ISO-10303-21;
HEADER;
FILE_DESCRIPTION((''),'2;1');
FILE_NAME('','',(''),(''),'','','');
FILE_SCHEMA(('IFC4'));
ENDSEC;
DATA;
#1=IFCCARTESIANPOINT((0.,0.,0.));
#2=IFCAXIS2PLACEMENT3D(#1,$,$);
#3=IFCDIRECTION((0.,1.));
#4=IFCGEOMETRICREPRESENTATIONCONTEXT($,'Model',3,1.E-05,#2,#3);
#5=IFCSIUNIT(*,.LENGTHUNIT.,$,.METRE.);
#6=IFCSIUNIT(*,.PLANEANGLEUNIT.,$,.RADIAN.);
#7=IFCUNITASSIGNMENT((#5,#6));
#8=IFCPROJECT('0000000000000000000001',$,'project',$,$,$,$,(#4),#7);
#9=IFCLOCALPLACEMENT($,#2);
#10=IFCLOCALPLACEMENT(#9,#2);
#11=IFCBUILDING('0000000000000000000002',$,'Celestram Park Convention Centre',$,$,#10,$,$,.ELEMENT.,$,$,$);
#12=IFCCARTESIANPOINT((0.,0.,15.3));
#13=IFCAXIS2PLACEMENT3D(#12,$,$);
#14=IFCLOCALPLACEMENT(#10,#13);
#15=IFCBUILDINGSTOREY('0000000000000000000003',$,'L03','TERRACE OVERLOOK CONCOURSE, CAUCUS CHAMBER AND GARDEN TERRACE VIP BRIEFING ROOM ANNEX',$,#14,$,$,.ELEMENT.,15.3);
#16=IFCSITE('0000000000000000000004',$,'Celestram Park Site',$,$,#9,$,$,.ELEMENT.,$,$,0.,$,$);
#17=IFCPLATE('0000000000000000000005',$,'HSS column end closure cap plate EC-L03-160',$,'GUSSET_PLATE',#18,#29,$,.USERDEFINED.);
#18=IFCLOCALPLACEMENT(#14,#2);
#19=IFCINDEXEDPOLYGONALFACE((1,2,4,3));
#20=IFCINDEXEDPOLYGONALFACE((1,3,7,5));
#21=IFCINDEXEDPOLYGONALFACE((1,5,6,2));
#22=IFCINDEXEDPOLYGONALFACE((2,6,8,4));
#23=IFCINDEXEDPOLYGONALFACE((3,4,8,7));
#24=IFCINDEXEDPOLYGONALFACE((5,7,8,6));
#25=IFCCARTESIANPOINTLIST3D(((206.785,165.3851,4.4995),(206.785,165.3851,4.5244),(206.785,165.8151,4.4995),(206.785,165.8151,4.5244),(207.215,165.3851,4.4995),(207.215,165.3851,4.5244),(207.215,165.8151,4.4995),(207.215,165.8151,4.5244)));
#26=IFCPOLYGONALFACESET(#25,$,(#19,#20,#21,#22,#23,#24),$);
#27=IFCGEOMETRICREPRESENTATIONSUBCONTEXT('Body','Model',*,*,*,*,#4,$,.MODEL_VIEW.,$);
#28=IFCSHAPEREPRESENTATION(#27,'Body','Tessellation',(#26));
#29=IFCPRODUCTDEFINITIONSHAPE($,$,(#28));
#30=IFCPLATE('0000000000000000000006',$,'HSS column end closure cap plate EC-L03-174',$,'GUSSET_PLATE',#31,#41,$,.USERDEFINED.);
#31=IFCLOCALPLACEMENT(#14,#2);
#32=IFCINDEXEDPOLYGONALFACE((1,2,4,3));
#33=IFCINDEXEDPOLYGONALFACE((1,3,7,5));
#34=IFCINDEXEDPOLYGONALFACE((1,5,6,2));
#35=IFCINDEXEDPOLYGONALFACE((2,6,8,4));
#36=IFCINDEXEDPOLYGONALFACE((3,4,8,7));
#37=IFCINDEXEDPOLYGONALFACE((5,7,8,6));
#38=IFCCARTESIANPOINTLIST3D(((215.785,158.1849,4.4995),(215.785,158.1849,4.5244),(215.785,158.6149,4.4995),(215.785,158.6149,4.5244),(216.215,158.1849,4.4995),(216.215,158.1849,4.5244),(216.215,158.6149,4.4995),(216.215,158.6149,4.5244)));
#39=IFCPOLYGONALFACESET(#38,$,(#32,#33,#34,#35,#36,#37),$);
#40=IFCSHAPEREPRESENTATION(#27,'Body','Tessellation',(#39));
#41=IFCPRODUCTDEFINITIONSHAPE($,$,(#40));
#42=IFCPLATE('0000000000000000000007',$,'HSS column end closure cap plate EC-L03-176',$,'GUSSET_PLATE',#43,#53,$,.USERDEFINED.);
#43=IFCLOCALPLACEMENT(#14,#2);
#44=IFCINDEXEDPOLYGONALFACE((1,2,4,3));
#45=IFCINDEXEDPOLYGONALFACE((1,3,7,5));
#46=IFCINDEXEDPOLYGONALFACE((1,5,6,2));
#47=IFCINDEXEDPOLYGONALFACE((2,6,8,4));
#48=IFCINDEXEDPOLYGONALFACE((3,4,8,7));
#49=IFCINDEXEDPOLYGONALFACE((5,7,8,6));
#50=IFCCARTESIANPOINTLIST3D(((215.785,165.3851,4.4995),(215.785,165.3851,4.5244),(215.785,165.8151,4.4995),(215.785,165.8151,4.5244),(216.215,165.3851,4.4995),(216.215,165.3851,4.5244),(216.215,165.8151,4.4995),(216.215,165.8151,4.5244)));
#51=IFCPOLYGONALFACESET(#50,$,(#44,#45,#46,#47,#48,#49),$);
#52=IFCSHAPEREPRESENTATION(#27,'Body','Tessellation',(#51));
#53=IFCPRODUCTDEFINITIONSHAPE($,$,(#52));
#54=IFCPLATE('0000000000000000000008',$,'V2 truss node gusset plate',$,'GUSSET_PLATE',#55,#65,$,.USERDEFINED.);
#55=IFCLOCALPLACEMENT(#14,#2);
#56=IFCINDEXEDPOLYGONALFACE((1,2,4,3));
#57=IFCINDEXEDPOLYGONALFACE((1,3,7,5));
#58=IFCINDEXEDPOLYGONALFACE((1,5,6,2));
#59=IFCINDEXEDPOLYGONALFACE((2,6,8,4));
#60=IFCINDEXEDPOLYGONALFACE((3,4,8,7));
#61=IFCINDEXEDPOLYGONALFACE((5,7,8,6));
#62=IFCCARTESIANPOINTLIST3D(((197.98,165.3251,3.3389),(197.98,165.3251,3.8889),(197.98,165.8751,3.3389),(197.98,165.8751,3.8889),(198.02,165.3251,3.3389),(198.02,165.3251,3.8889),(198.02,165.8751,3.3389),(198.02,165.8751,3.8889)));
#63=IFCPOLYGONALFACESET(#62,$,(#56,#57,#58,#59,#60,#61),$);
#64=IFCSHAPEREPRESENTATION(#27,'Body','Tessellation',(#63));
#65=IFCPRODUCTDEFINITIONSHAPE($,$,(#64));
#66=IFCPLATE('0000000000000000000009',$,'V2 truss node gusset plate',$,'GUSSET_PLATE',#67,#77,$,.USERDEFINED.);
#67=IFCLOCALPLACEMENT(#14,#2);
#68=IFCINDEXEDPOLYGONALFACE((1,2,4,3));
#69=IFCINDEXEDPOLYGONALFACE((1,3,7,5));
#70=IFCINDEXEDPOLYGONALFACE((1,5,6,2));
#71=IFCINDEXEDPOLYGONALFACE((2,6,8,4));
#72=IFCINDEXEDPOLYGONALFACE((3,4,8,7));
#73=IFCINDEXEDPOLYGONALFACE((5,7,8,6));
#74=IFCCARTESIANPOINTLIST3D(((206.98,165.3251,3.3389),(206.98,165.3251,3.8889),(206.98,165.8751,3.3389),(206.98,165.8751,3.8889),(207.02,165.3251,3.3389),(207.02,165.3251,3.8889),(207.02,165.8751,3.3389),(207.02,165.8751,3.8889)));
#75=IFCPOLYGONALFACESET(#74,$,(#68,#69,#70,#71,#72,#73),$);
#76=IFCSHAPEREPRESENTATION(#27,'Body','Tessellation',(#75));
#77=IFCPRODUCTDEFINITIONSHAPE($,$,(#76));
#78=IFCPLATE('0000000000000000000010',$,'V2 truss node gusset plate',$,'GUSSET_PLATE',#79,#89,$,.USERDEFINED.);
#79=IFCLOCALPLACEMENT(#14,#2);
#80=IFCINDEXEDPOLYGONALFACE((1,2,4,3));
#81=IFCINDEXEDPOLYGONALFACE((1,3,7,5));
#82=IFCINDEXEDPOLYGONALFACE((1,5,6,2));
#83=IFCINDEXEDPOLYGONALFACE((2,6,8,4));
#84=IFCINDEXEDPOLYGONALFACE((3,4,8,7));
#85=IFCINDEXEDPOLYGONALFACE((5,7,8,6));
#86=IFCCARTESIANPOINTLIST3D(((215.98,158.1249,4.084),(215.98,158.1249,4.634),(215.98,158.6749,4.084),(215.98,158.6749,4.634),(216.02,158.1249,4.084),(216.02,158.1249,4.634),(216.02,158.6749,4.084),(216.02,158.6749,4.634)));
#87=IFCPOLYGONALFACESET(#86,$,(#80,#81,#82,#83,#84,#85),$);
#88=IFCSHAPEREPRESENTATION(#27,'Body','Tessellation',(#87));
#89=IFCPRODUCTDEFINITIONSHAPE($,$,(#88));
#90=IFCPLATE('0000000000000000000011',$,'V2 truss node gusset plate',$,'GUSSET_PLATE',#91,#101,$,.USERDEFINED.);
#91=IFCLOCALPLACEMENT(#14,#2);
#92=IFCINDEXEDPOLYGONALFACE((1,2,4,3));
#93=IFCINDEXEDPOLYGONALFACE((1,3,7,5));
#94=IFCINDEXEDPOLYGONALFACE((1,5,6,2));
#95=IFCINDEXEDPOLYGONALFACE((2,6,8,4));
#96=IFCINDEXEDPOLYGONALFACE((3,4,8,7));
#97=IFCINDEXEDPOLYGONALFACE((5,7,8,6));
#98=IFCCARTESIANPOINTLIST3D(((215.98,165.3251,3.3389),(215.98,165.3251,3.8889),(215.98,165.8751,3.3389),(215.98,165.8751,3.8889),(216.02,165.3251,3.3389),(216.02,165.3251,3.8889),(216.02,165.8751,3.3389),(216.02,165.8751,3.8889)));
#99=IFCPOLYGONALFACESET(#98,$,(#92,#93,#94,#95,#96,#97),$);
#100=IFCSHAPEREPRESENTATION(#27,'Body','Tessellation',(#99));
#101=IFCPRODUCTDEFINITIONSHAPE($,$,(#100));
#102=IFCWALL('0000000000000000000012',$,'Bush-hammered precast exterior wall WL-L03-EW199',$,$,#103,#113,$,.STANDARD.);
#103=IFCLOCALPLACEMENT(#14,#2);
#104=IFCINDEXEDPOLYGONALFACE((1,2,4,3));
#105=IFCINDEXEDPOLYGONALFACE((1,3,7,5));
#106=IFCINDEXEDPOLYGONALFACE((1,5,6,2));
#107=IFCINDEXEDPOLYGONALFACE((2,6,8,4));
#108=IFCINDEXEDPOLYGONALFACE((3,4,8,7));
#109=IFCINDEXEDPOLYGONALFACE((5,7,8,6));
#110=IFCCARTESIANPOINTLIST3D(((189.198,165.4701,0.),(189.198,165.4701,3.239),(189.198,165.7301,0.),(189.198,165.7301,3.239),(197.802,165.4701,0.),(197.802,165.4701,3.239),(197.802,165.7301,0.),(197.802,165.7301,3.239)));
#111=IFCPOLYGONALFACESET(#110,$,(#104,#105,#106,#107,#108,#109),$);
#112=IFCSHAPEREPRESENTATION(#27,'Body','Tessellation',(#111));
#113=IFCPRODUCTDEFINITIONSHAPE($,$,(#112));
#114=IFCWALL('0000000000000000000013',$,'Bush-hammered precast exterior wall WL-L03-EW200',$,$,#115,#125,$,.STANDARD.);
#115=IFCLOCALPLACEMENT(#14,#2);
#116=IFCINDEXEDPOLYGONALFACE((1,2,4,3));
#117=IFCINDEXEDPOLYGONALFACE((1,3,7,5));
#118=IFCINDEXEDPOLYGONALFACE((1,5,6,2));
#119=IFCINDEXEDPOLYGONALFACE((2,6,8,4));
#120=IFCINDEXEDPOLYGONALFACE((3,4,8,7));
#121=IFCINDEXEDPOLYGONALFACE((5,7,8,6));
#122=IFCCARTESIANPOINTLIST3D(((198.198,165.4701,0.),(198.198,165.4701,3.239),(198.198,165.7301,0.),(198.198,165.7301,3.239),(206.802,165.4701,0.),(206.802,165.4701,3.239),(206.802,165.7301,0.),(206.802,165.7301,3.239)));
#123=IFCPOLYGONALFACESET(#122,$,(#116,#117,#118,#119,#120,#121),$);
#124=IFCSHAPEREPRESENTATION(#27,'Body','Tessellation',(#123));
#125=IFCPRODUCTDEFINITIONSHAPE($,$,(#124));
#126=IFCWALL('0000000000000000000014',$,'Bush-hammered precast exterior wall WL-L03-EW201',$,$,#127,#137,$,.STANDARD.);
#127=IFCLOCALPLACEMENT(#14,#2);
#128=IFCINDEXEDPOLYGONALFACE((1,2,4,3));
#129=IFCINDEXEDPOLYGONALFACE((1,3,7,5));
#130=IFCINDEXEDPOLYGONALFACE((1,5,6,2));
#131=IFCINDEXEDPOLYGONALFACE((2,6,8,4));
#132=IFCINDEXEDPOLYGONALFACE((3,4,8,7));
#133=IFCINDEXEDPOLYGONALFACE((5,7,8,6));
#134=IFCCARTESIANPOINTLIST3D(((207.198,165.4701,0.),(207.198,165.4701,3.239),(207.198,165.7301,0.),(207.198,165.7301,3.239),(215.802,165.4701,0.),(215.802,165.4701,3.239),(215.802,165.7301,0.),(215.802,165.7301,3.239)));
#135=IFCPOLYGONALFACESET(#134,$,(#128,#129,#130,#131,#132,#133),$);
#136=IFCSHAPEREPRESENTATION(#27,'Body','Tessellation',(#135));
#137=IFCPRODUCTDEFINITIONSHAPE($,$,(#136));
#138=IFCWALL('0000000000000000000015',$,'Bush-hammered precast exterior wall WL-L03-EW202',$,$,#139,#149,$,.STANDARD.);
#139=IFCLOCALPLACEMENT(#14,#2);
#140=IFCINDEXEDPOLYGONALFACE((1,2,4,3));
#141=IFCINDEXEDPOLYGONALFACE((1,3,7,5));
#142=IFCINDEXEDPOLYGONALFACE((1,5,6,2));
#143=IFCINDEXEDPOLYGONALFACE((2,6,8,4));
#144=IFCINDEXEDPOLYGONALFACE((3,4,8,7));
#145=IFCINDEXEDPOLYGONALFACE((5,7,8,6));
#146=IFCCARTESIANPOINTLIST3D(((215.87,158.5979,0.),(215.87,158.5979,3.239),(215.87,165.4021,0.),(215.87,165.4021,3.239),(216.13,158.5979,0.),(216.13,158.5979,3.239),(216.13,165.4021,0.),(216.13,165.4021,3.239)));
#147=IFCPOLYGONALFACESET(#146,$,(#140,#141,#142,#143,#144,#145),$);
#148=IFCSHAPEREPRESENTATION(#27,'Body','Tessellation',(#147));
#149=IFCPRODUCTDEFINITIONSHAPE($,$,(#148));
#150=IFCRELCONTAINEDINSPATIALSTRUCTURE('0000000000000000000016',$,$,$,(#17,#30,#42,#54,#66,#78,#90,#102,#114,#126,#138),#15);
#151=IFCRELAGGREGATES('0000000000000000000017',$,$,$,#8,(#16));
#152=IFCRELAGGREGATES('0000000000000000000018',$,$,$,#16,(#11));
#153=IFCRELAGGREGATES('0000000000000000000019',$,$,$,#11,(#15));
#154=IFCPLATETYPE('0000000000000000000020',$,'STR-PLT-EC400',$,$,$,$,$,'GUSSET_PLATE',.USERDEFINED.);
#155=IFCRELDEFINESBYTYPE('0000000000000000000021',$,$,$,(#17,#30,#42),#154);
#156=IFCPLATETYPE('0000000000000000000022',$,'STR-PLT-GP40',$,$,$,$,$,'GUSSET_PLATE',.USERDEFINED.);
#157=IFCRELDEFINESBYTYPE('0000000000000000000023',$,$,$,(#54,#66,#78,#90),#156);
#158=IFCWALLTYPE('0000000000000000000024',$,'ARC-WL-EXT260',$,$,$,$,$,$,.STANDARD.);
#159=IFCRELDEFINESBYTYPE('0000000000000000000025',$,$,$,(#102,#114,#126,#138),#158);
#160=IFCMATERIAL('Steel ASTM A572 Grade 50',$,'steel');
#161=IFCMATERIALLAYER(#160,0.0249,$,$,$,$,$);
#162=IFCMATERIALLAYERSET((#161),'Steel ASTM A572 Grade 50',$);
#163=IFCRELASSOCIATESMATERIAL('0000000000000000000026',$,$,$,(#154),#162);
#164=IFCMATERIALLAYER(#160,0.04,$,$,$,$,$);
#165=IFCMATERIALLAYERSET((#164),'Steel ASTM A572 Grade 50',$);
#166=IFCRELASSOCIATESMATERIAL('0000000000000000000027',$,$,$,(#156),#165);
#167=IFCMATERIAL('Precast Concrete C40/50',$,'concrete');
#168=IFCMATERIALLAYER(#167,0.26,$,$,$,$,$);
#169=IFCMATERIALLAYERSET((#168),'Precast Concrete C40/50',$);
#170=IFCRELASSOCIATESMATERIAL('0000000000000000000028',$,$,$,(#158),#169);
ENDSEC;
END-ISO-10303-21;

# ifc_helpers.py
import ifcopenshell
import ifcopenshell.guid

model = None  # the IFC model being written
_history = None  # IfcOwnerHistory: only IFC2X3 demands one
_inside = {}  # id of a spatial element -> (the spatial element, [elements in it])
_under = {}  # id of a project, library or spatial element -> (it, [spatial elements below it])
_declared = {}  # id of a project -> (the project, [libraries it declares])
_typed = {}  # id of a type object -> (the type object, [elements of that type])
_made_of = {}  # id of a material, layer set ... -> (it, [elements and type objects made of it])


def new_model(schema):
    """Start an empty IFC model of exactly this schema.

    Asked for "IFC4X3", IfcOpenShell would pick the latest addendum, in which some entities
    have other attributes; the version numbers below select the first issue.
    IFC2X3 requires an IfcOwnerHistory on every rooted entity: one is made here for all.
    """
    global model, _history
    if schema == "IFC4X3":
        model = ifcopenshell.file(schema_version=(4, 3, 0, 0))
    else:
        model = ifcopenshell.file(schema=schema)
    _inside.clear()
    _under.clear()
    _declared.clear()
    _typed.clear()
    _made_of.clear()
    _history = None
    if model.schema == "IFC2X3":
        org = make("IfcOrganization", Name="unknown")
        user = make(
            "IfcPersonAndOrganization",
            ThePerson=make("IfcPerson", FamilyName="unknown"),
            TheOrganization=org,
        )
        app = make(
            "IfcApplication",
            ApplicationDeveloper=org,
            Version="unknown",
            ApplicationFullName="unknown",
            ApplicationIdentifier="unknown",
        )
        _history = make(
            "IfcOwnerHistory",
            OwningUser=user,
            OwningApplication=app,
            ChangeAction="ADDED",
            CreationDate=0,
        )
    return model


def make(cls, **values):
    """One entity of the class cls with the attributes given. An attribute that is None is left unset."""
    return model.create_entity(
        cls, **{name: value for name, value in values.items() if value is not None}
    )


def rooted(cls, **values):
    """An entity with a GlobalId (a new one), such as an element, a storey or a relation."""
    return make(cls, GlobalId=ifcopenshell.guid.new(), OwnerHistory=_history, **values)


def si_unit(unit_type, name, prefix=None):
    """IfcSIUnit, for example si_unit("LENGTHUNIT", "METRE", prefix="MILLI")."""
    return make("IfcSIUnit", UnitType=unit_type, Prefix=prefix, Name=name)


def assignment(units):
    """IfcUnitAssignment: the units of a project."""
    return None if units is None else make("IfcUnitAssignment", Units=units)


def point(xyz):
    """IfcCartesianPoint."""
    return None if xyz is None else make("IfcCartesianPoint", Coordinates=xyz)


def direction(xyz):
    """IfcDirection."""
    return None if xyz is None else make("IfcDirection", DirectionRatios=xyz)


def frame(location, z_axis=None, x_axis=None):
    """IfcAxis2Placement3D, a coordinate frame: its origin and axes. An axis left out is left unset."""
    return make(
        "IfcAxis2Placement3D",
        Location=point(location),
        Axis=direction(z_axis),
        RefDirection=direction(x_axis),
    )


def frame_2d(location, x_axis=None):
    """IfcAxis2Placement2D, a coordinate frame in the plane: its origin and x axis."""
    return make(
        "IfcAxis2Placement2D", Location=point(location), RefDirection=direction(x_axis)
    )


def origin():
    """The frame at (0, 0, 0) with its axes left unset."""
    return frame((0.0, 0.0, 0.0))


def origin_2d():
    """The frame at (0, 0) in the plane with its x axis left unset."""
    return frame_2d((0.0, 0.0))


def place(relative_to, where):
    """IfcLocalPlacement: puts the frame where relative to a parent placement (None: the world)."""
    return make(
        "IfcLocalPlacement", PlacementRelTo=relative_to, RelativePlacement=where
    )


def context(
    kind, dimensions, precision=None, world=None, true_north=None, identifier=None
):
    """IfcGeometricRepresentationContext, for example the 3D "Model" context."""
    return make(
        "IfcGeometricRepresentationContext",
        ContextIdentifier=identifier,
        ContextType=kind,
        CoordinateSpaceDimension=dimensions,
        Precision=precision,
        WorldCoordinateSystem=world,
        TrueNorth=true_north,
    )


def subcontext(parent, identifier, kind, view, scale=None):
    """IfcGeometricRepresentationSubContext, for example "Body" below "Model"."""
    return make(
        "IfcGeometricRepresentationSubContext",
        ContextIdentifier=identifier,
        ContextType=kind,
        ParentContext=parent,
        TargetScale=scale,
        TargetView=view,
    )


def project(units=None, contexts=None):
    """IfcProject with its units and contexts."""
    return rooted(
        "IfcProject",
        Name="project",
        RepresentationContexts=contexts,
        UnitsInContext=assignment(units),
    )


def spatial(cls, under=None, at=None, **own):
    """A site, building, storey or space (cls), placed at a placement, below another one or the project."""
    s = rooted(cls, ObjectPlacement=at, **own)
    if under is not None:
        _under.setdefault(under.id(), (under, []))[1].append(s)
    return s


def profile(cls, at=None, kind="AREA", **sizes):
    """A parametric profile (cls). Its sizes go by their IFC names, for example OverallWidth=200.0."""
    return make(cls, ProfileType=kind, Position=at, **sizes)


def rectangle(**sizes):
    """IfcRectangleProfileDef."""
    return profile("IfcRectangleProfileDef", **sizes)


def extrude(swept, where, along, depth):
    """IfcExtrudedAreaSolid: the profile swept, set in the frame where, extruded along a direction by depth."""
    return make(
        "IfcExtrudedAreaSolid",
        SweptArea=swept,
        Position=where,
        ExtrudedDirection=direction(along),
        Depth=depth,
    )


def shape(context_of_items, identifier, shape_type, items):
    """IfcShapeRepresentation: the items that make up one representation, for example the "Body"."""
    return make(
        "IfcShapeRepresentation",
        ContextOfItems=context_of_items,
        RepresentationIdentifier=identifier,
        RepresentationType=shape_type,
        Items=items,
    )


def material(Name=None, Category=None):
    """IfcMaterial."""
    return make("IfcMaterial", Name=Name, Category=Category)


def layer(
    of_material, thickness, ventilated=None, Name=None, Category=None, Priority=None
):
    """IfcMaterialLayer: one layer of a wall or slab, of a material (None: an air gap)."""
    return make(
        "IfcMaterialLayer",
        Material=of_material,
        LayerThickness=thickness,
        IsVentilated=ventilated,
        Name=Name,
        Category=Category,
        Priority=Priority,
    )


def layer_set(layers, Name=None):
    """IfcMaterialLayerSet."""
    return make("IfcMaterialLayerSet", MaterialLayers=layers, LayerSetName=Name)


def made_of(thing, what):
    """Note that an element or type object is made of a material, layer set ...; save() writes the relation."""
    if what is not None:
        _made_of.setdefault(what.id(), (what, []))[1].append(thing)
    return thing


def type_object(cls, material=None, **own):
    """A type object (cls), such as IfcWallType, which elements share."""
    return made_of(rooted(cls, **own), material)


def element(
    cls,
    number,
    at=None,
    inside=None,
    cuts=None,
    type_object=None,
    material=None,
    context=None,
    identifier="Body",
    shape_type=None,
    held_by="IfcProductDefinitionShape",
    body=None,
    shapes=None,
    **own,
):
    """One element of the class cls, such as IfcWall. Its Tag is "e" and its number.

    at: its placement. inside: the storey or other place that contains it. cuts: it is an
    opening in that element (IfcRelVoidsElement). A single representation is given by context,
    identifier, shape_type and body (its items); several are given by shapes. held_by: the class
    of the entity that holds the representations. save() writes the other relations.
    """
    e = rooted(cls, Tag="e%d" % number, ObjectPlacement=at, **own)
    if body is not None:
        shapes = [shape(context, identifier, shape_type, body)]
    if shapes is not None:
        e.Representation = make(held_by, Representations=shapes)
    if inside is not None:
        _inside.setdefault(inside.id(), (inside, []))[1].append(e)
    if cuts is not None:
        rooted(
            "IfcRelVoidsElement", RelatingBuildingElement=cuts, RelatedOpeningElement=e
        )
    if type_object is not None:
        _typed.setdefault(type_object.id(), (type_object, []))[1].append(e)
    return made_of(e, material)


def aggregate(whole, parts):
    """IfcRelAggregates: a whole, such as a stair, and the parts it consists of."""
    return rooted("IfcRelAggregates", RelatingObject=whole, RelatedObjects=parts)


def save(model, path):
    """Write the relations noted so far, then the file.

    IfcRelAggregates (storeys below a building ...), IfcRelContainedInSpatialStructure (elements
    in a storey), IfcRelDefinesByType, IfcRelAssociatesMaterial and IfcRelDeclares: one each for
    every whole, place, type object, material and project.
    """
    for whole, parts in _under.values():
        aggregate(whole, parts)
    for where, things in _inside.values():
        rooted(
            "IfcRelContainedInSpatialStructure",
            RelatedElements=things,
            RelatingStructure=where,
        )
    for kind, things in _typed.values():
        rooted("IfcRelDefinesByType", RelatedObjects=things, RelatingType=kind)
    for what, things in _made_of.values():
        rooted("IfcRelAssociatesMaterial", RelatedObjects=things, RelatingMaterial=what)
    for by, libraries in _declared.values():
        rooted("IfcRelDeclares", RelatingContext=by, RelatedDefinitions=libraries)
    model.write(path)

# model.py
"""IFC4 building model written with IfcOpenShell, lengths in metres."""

from ifc_helpers import new_model, si_unit, direction, frame, frame_2d, origin, origin_2d, place, context, subcontext, project, spatial, rectangle, extrude, material, layer, layer_set, type_object, element, save


model = new_model("IFC4")

# Units and contexts
model_context = context("Model", 3, precision=1e-05, world=origin(), true_north=direction((0.0, 1.0)))
body_context = subcontext(model_context, "Body", "Model", "MODEL_VIEW")
ifc_project = project(units=[si_unit("LENGTHUNIT", "METRE"), si_unit("PLANEANGLEUNIT", "RADIAN")], contexts=[model_context])

# Site, building, storey
site_placement = place(None, origin())
site = spatial("IfcSite", under=ifc_project, at=site_placement, Name="Celestram Park Site", CompositionType="ELEMENT", RefElevation=0.0)
building_placement = place(site_placement, origin())
building = spatial("IfcBuilding", under=site, at=building_placement, Name="Celestram Park Convention Centre", CompositionType="ELEMENT")
storey_placement = place(building_placement, frame((0.0, 0.0, 15.3)))
storey = spatial("IfcBuildingStorey", under=building, at=storey_placement, Name="L03", Description="TERRACE OVERLOOK CONCOURSE, CAUCUS CHAMBER AND GARDEN TERRACE VIP BRIEFING ROOM ANNEX", CompositionType="ELEMENT", Elevation=15.3)

# Plates
ifc_material_1 = material(Name="Steel ASTM A572 Grade 50", Category="steel")
ifc_layer_1 = layer(ifc_material_1, 0.0249)
ifc_layer_set_1 = layer_set([ifc_layer_1], Name="Steel ASTM A572 Grade 50")
plate_type_1 = type_object("IfcPlateType", Name="STR-PLT-EC400", ElementType="GUSSET_PLATE", PredefinedType="USERDEFINED", material=ifc_layer_set_1)
for number, where, z_axis, x_axis, name in (
    (1, (207.0, 165.6001, 4.4995), (0.0, 0.0, 1.0), (1.0, 0.0, 0.0), "HSS column end closure cap plate EC-L03-160"),
    (2, (216.0, 158.3999, 4.4995), (0.0, 0.0, 1.0), (1.0, 0.0, 0.0), "HSS column end closure cap plate EC-L03-174"),
    (3, (216.0, 165.6001, 4.4995), (0.0, 0.0, 1.0), (1.0, 0.0, 0.0), "HSS column end closure cap plate EC-L03-176"),
):
    element("IfcPlate", number, at=place(storey_placement, frame(where, z_axis=z_axis, x_axis=x_axis)), inside=storey, type_object=plate_type_1, Name=name, ObjectType="GUSSET_PLATE", PredefinedType="USERDEFINED", context=body_context, shape_type="SweptSolid", body=[
        extrude(rectangle(XDim=0.4299, YDim=0.4299, at=origin_2d()), origin(), (0.0, 0.0, 1.0), 0.0249),
    ])
ifc_layer_2 = layer(ifc_material_1, 0.04)
ifc_layer_set_2 = layer_set([ifc_layer_2], Name="Steel ASTM A572 Grade 50")
plate_type_2 = type_object("IfcPlateType", Name="STR-PLT-GP40", ElementType="GUSSET_PLATE", PredefinedType="USERDEFINED", material=ifc_layer_set_2)
for number, where, z_axis, x_axis, name in (
    (4, (198.0, 165.6001, 3.3389), (0.0, 0.0, 1.0), (0.0, 1.0, 0.0), "V2 truss node gusset plate"),
    (5, (207.0, 165.6001, 3.3389), (0.0, 0.0, 1.0), (0.0, 1.0, 0.0), "V2 truss node gusset plate"),
    (6, (216.0, 158.3999, 4.084), (0.0, 0.0, 1.0), (0.0, 1.0, 0.0), "V2 truss node gusset plate"),
    (7, (216.0, 165.6001, 3.3389), (0.0, 0.0, 1.0), (0.0, 1.0, 0.0), "V2 truss node gusset plate"),
):
    element("IfcPlate", number, at=place(storey_placement, frame(where, z_axis=z_axis, x_axis=x_axis)), inside=storey, type_object=plate_type_2, Name=name, ObjectType="GUSSET_PLATE", PredefinedType="USERDEFINED", context=body_context, shape_type="SweptSolid", body=[
        extrude(rectangle(XDim=0.55, YDim=0.04, at=origin_2d()), origin(), (0.0, 0.0, 1.0), 0.55),
    ])

# Walls
ifc_material_2 = material(Name="Precast Concrete C40/50", Category="concrete")
ifc_layer_3 = layer(ifc_material_2, 0.26)
ifc_layer_set_3 = layer_set([ifc_layer_3], Name="Precast Concrete C40/50")
wall_type = type_object("IfcWallType", Name="ARC-WL-EXT260", PredefinedType="STANDARD", material=ifc_layer_set_3)
for number, where, z_axis, x_axis, name in (
    (8, (189.198, 165.6001, 0.0), (0.0, 0.0, 1.0), (1.0, 0.0, 0.0), "Bush-hammered precast exterior wall WL-L03-EW199"),
    (9, (198.198, 165.6001, 0.0), (0.0, 0.0, 1.0), (1.0, 0.0, 0.0), "Bush-hammered precast exterior wall WL-L03-EW200"),
    (10, (207.198, 165.6001, 0.0), (0.0, 0.0, 1.0), (1.0, 0.0, 0.0), "Bush-hammered precast exterior wall WL-L03-EW201"),
):
    element("IfcWall", number, at=place(storey_placement, frame(where, z_axis=z_axis, x_axis=x_axis)), inside=storey, type_object=wall_type, Name=name, PredefinedType="STANDARD", context=body_context, shape_type="SweptSolid", body=[
        extrude(rectangle(XDim=8.604, YDim=0.26, at=frame_2d((4.302, 0.0))), origin(), (0.0, 0.0, 1.0), 3.239),
    ])
wall_placement = place(storey_placement, frame((216.0, 165.4021, 0.0), z_axis=(0.0, 0.0, 1.0), x_axis=(0.0, -1.0, 0.0)))
element("IfcWall", 11, at=wall_placement, inside=storey, type_object=wall_type, Name="Bush-hammered precast exterior wall WL-L03-EW202", PredefinedType="STANDARD", context=body_context, shape_type="SweptSolid", body=[
    extrude(rectangle(XDim=6.8042, YDim=0.26, at=frame_2d((3.4021, 0.0))), origin(), (0.0, 0.0, 1.0), 3.239),
])

save(model, "model.ifc")
